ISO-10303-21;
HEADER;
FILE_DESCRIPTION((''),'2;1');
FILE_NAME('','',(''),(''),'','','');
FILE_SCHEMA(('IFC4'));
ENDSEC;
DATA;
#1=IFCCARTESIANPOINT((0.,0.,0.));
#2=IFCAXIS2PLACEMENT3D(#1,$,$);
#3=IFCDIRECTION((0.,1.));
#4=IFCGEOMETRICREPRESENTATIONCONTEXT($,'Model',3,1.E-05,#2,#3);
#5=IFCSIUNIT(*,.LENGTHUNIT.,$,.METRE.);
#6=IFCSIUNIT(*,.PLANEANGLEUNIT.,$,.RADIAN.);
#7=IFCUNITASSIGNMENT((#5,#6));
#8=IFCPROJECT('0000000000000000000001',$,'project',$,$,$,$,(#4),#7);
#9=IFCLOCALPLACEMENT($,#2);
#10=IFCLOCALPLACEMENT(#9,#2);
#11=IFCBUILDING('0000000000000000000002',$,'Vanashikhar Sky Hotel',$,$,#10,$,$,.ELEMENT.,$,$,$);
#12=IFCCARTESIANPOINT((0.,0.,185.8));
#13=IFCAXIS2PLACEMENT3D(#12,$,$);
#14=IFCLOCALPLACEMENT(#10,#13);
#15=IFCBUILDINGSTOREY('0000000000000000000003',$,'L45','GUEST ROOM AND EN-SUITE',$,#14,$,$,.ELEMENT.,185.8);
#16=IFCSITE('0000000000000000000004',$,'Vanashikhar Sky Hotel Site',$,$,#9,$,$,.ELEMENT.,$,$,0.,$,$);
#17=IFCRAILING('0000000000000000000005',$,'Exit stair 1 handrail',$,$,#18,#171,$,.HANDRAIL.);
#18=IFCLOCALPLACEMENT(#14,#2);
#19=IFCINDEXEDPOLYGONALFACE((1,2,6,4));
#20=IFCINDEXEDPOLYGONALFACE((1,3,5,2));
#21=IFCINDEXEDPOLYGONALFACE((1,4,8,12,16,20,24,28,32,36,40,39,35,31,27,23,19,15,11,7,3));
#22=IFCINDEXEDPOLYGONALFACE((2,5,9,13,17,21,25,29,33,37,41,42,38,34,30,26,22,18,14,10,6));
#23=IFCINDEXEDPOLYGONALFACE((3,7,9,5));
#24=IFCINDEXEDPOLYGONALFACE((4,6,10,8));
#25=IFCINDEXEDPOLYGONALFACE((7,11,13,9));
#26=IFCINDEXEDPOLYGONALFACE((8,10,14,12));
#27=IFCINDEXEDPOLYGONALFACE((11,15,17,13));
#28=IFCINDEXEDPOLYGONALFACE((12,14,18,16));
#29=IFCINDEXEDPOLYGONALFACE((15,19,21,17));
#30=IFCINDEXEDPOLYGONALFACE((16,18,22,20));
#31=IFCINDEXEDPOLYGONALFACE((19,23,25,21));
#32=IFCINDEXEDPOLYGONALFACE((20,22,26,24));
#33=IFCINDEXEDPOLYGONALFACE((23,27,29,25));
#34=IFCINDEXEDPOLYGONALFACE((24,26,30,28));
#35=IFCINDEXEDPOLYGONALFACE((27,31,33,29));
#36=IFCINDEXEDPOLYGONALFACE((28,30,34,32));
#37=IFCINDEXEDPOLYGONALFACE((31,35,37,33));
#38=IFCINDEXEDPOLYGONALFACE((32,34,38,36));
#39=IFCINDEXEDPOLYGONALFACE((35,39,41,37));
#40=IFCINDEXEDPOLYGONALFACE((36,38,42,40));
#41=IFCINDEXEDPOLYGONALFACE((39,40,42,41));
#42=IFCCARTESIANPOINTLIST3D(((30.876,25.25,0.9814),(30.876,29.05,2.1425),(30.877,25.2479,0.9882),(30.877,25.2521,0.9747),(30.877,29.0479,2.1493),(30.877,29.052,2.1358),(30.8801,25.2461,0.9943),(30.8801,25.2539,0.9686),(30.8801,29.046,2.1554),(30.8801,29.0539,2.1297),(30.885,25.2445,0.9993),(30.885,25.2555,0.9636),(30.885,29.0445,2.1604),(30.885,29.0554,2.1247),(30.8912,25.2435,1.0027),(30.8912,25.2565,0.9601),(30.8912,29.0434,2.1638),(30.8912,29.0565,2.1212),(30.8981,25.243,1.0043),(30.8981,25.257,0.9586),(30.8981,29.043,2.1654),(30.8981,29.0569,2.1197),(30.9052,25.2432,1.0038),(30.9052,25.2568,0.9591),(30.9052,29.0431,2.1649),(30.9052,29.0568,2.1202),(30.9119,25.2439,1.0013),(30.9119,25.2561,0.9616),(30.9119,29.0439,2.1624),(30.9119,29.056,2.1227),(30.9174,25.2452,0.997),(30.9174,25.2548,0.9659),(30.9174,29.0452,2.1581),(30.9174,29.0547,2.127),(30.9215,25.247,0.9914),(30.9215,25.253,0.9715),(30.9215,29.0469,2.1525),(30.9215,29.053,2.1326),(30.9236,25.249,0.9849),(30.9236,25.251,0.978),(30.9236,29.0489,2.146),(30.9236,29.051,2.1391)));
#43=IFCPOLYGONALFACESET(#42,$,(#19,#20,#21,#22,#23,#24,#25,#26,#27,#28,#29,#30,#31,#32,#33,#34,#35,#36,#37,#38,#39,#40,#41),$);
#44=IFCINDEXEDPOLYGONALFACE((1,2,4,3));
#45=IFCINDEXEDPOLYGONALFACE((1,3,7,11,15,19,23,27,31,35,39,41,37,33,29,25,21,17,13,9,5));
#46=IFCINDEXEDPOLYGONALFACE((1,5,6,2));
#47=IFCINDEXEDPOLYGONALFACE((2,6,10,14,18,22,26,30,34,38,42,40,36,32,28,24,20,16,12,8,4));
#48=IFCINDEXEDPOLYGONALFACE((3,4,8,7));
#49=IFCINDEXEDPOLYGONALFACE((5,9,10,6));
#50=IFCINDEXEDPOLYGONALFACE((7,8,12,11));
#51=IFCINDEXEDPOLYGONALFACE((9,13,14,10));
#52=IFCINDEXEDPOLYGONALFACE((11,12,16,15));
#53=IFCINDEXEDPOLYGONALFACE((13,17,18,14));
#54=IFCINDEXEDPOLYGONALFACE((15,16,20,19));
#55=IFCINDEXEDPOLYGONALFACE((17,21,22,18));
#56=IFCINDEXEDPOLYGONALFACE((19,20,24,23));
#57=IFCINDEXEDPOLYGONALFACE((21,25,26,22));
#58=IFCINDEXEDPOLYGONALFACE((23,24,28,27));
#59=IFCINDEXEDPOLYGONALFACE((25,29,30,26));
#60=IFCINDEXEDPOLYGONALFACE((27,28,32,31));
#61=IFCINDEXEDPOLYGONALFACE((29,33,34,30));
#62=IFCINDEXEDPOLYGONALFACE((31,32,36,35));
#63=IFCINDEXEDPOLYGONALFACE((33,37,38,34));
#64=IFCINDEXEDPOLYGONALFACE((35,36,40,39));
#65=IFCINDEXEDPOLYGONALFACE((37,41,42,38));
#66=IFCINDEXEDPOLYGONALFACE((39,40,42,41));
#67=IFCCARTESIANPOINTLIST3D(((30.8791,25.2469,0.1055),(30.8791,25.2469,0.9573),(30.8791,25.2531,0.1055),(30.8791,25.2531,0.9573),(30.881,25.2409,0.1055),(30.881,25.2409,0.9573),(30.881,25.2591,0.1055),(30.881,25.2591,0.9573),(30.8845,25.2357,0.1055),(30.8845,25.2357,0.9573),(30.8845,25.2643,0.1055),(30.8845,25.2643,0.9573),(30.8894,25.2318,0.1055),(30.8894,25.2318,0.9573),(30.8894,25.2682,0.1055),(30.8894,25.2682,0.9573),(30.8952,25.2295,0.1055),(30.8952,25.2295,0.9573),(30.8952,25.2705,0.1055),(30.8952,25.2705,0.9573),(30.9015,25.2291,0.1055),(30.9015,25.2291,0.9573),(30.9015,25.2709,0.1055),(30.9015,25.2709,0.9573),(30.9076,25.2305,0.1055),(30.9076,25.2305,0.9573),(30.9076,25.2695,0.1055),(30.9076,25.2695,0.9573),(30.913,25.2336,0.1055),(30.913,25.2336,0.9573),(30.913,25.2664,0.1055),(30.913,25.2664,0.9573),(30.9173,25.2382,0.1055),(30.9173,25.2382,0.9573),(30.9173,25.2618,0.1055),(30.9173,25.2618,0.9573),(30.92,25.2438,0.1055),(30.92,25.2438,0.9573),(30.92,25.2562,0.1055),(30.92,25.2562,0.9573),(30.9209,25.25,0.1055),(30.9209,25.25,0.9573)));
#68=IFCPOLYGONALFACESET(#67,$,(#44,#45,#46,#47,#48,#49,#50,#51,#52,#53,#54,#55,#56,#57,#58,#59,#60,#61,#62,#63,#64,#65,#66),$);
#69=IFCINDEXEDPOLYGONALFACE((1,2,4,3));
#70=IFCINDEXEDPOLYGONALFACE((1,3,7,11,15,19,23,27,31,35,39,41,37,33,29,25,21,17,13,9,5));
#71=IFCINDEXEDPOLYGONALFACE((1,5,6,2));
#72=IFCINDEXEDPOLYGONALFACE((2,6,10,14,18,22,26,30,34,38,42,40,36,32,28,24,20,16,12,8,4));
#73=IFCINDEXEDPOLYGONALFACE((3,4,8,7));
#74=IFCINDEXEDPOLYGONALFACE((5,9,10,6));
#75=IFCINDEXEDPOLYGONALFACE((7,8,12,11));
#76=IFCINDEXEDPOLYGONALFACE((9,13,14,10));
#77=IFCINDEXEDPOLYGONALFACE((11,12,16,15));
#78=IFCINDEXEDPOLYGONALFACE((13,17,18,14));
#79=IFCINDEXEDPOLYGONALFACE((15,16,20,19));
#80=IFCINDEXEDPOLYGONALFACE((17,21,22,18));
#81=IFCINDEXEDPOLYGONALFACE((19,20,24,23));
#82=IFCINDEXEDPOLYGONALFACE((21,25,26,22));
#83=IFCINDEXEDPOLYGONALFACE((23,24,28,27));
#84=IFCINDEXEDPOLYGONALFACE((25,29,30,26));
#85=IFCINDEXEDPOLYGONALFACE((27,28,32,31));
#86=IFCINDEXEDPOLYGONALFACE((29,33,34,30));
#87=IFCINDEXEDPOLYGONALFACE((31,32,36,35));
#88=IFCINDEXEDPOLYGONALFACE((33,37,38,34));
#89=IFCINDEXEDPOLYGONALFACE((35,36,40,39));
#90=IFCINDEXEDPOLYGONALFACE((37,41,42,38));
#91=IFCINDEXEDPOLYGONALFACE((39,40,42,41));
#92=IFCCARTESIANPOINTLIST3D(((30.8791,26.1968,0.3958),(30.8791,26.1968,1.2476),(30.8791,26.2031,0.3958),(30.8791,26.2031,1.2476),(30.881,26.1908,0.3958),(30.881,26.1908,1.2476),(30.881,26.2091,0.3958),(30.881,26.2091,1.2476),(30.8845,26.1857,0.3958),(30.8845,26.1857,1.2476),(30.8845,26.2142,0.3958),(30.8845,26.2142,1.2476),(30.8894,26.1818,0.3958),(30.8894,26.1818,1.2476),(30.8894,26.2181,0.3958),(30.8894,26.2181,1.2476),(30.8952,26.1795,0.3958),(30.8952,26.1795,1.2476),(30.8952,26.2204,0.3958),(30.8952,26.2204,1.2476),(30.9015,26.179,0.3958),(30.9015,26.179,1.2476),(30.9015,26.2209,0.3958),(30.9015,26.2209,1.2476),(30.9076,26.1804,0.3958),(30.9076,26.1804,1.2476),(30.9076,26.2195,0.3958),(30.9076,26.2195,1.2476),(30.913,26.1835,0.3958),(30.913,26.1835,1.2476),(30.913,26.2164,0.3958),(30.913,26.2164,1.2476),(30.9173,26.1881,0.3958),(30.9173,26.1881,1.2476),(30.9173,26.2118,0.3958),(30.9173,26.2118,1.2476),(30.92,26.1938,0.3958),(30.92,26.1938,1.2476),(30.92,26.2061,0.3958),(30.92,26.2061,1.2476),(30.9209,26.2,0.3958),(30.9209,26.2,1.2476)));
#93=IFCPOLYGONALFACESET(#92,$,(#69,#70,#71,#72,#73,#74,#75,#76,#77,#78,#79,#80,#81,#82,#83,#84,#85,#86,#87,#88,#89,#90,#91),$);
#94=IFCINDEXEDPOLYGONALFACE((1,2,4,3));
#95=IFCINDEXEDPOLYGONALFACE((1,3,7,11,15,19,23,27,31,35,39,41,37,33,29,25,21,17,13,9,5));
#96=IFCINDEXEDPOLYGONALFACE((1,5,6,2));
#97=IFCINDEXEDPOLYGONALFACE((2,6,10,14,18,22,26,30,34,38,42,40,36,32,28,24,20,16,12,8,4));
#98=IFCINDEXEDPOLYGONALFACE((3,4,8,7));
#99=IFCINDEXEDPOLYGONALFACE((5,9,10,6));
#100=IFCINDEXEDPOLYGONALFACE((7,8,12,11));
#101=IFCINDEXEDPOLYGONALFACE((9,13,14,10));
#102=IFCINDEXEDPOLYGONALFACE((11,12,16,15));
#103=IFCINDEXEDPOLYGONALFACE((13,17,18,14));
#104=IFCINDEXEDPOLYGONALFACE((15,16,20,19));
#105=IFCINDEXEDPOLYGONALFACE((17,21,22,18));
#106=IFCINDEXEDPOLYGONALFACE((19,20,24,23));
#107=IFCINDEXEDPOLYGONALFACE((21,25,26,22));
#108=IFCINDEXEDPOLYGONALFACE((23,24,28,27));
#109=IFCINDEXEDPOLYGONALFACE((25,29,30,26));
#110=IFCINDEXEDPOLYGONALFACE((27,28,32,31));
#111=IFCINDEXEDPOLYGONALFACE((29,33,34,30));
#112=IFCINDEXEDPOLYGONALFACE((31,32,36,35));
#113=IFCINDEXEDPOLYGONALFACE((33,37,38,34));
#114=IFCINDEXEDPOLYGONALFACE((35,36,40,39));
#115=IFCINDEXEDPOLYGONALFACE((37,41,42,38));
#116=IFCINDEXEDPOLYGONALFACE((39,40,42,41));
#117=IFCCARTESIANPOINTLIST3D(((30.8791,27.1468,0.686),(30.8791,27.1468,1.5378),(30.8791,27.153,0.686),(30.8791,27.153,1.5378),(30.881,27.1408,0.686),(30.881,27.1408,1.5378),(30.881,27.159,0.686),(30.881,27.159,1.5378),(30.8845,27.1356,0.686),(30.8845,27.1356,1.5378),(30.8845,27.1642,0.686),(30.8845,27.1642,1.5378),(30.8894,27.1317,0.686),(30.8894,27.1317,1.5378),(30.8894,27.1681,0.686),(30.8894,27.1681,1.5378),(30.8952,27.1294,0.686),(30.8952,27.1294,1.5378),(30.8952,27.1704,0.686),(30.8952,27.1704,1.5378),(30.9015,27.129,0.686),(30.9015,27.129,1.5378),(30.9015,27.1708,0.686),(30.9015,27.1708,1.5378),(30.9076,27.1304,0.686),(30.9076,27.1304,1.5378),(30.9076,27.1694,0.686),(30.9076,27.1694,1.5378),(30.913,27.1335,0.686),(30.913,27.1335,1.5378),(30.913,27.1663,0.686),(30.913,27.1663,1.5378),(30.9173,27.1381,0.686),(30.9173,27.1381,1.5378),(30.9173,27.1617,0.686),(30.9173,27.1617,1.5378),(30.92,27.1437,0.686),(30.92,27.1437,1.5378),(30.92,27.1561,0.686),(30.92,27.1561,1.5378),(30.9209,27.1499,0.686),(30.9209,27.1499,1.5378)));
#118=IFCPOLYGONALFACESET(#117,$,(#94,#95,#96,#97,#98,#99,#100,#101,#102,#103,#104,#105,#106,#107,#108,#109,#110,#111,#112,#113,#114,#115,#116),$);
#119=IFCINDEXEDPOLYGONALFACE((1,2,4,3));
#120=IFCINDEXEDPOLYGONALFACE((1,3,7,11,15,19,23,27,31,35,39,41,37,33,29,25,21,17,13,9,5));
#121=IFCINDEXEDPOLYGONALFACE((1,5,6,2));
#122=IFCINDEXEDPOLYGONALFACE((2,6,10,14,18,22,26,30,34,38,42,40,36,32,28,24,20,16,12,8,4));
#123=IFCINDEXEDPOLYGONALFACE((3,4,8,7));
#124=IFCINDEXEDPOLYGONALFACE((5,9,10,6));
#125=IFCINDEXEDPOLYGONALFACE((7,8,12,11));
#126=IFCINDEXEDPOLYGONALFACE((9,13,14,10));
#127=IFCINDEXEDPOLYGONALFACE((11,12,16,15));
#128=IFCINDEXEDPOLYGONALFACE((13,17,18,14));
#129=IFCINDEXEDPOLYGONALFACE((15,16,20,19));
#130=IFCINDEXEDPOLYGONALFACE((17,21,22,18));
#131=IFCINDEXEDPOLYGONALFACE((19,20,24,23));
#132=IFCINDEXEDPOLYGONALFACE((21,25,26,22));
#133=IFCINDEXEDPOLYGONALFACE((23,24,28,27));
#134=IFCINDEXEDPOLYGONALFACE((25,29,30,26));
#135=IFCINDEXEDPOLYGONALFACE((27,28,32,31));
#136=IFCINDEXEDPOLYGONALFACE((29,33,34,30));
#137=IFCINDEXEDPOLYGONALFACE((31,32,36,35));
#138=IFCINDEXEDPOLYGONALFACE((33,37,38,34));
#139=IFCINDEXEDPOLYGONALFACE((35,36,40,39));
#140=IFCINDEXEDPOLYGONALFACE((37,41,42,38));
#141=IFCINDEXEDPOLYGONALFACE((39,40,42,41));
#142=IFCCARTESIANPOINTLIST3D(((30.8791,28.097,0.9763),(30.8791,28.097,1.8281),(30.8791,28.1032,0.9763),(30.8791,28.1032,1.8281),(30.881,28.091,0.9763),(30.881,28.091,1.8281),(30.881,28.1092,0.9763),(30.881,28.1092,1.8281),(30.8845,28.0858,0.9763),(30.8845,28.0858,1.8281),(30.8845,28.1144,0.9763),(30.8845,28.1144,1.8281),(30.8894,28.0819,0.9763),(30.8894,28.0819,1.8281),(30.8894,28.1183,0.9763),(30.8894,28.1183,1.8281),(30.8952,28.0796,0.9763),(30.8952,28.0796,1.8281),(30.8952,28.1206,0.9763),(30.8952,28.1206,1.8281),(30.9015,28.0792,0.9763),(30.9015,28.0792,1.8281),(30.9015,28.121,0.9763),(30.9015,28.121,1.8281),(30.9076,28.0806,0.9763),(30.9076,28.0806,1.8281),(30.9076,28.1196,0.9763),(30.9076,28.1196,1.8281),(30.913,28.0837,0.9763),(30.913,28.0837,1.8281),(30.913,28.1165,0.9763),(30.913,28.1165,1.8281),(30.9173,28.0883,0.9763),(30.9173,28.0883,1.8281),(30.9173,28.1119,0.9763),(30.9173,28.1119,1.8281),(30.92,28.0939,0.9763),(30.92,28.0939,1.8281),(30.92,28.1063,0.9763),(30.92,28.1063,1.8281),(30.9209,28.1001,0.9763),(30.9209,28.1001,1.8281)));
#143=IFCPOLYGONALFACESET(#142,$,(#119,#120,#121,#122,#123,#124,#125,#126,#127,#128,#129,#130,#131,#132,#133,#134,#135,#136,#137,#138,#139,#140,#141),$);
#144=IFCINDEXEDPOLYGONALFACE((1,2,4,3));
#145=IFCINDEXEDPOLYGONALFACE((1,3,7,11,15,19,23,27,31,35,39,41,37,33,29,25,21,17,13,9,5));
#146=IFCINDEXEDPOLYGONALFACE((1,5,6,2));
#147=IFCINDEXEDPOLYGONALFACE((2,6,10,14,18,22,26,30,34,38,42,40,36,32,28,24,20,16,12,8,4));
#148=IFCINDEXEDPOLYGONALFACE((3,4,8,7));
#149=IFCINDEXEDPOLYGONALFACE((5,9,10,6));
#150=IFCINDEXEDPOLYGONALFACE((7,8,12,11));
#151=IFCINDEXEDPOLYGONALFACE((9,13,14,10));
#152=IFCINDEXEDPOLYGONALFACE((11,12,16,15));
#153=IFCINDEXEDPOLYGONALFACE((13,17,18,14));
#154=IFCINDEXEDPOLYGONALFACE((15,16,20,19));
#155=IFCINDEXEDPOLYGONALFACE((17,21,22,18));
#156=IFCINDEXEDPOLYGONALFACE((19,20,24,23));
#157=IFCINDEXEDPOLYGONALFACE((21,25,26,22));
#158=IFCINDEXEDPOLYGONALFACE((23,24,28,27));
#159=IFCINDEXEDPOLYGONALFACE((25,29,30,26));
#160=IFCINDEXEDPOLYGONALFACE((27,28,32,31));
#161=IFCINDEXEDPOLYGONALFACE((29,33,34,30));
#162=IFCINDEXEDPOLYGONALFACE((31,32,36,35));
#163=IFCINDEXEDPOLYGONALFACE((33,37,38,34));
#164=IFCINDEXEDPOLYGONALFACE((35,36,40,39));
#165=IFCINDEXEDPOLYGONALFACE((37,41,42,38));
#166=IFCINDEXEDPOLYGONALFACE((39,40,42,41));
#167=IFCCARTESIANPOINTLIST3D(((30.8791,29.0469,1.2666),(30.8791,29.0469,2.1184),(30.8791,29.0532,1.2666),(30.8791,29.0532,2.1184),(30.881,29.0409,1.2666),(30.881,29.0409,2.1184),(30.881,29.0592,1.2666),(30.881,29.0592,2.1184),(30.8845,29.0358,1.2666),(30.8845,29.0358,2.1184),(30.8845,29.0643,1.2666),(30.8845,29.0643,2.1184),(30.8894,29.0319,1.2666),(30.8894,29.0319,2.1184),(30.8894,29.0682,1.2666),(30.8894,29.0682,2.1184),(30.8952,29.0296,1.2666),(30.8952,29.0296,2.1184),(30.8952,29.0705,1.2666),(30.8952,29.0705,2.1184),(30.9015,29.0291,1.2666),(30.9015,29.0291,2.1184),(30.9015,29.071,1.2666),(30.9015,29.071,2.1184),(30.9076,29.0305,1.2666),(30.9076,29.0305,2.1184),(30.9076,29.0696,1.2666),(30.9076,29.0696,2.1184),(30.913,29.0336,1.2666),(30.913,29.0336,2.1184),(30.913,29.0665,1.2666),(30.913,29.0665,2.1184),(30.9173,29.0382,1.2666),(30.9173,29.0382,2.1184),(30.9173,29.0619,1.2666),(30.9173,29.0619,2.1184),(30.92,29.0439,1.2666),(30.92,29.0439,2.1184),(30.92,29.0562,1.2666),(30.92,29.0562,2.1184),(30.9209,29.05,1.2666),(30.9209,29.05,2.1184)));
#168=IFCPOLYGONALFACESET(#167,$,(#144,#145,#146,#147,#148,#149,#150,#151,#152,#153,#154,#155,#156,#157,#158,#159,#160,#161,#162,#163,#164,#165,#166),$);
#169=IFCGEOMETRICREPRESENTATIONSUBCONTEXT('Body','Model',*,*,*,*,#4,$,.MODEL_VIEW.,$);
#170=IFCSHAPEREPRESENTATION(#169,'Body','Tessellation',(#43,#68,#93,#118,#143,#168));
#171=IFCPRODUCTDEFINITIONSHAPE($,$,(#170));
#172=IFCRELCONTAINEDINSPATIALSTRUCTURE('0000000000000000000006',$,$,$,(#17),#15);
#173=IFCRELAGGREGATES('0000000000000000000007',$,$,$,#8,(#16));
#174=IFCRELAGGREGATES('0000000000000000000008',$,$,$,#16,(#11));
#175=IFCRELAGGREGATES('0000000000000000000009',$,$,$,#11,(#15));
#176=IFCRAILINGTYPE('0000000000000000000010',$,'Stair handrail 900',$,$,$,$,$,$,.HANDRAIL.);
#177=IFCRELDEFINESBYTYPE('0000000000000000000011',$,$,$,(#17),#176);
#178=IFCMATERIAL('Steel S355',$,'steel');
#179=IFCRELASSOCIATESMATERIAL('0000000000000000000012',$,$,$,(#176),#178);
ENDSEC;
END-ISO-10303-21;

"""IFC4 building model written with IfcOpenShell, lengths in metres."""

from ifc_helpers import new_model, si_unit, direction, frame, origin, origin_2d, place, context, subcontext, project, spatial, circle, extrude, source, transform, mapped, material, type_object, element, save


model = new_model("IFC4")

# Units and contexts
model_context = context("Model", 3, precision=1e-05, world=origin(), true_north=direction((0.0, 1.0)))
body_context = subcontext(model_context, "Body", "Model", "MODEL_VIEW")
ifc_project = project(units=[si_unit("LENGTHUNIT", "METRE"), si_unit("PLANEANGLEUNIT", "RADIAN")], contexts=[model_context])

# Site, building, storey
site_placement = place(None, origin())
site = spatial("IfcSite", under=ifc_project, at=site_placement, Name="Vanashikhar Sky Hotel Site", CompositionType="ELEMENT", RefElevation=0.0)
building_placement = place(site_placement, origin())
building = spatial("IfcBuilding", under=site, at=building_placement, Name="Vanashikhar Sky Hotel", CompositionType="ELEMENT")
storey_placement = place(building_placement, frame((0.0, 0.0, 185.8)))
storey = spatial("IfcBuildingStorey", under=building, at=storey_placement, Name="L45", Description="GUEST ROOM AND EN-SUITE", CompositionType="ELEMENT", Elevation=185.8)

# Railing
ifc_material_1 = material(Name="Steel S355", Category="steel")
railing_type_1 = type_object("IfcRailingType", Name="Stair handrail 900", PredefinedType="HANDRAIL", material=ifc_material_1)
shared_shape_1 = source(origin(), body_context, "Body", "SweptSolid", [
    extrude(circle(Radius=0.0239, at=origin_2d()), frame((0.0, 0.0, 0.876), z_axis=(0.0, 0.956351, 0.29222), x_axis=(-1.0, 0.0, 0.0)), (0.0, 0.0, 1.0), 3.9734),
    extrude(circle(Radius=0.021, at=origin_2d()), origin(), (0.0, 0.0, 1.0), 0.8518),
    extrude(circle(Radius=0.021, at=origin_2d()), frame((0.0, 0.95, 0.2903)), (0.0, 0.0, 1.0), 0.8518),
    extrude(circle(Radius=0.021, at=origin_2d()), frame((0.0, 1.8999, 0.5806)), (0.0, 0.0, 1.0), 0.8518),
    extrude(circle(Radius=0.021, at=origin_2d()), frame((0.0, 2.8501, 0.8708)), (0.0, 0.0, 1.0), 0.8518),
    extrude(circle(Radius=0.021, at=origin_2d()), frame((0.0, 3.8, 1.1611)), (0.0, 0.0, 1.0), 0.8518),
])
for number, where, name in (
    (1, (30.8999, 25.25, 0.1055), "Exit stair 1 handrail"),
):
    element("IfcRailing", number, at=place(storey_placement, frame(where)), inside=storey, type_object=railing_type_1, Name=name, PredefinedType="HANDRAIL", context=body_context, shape_type="MappedRepresentation", body=[
        mapped(shared_shape_1, transform((0.0, 0.0, 0.0), scale=1.0)),
    ])

save(model, "model.ifc")
